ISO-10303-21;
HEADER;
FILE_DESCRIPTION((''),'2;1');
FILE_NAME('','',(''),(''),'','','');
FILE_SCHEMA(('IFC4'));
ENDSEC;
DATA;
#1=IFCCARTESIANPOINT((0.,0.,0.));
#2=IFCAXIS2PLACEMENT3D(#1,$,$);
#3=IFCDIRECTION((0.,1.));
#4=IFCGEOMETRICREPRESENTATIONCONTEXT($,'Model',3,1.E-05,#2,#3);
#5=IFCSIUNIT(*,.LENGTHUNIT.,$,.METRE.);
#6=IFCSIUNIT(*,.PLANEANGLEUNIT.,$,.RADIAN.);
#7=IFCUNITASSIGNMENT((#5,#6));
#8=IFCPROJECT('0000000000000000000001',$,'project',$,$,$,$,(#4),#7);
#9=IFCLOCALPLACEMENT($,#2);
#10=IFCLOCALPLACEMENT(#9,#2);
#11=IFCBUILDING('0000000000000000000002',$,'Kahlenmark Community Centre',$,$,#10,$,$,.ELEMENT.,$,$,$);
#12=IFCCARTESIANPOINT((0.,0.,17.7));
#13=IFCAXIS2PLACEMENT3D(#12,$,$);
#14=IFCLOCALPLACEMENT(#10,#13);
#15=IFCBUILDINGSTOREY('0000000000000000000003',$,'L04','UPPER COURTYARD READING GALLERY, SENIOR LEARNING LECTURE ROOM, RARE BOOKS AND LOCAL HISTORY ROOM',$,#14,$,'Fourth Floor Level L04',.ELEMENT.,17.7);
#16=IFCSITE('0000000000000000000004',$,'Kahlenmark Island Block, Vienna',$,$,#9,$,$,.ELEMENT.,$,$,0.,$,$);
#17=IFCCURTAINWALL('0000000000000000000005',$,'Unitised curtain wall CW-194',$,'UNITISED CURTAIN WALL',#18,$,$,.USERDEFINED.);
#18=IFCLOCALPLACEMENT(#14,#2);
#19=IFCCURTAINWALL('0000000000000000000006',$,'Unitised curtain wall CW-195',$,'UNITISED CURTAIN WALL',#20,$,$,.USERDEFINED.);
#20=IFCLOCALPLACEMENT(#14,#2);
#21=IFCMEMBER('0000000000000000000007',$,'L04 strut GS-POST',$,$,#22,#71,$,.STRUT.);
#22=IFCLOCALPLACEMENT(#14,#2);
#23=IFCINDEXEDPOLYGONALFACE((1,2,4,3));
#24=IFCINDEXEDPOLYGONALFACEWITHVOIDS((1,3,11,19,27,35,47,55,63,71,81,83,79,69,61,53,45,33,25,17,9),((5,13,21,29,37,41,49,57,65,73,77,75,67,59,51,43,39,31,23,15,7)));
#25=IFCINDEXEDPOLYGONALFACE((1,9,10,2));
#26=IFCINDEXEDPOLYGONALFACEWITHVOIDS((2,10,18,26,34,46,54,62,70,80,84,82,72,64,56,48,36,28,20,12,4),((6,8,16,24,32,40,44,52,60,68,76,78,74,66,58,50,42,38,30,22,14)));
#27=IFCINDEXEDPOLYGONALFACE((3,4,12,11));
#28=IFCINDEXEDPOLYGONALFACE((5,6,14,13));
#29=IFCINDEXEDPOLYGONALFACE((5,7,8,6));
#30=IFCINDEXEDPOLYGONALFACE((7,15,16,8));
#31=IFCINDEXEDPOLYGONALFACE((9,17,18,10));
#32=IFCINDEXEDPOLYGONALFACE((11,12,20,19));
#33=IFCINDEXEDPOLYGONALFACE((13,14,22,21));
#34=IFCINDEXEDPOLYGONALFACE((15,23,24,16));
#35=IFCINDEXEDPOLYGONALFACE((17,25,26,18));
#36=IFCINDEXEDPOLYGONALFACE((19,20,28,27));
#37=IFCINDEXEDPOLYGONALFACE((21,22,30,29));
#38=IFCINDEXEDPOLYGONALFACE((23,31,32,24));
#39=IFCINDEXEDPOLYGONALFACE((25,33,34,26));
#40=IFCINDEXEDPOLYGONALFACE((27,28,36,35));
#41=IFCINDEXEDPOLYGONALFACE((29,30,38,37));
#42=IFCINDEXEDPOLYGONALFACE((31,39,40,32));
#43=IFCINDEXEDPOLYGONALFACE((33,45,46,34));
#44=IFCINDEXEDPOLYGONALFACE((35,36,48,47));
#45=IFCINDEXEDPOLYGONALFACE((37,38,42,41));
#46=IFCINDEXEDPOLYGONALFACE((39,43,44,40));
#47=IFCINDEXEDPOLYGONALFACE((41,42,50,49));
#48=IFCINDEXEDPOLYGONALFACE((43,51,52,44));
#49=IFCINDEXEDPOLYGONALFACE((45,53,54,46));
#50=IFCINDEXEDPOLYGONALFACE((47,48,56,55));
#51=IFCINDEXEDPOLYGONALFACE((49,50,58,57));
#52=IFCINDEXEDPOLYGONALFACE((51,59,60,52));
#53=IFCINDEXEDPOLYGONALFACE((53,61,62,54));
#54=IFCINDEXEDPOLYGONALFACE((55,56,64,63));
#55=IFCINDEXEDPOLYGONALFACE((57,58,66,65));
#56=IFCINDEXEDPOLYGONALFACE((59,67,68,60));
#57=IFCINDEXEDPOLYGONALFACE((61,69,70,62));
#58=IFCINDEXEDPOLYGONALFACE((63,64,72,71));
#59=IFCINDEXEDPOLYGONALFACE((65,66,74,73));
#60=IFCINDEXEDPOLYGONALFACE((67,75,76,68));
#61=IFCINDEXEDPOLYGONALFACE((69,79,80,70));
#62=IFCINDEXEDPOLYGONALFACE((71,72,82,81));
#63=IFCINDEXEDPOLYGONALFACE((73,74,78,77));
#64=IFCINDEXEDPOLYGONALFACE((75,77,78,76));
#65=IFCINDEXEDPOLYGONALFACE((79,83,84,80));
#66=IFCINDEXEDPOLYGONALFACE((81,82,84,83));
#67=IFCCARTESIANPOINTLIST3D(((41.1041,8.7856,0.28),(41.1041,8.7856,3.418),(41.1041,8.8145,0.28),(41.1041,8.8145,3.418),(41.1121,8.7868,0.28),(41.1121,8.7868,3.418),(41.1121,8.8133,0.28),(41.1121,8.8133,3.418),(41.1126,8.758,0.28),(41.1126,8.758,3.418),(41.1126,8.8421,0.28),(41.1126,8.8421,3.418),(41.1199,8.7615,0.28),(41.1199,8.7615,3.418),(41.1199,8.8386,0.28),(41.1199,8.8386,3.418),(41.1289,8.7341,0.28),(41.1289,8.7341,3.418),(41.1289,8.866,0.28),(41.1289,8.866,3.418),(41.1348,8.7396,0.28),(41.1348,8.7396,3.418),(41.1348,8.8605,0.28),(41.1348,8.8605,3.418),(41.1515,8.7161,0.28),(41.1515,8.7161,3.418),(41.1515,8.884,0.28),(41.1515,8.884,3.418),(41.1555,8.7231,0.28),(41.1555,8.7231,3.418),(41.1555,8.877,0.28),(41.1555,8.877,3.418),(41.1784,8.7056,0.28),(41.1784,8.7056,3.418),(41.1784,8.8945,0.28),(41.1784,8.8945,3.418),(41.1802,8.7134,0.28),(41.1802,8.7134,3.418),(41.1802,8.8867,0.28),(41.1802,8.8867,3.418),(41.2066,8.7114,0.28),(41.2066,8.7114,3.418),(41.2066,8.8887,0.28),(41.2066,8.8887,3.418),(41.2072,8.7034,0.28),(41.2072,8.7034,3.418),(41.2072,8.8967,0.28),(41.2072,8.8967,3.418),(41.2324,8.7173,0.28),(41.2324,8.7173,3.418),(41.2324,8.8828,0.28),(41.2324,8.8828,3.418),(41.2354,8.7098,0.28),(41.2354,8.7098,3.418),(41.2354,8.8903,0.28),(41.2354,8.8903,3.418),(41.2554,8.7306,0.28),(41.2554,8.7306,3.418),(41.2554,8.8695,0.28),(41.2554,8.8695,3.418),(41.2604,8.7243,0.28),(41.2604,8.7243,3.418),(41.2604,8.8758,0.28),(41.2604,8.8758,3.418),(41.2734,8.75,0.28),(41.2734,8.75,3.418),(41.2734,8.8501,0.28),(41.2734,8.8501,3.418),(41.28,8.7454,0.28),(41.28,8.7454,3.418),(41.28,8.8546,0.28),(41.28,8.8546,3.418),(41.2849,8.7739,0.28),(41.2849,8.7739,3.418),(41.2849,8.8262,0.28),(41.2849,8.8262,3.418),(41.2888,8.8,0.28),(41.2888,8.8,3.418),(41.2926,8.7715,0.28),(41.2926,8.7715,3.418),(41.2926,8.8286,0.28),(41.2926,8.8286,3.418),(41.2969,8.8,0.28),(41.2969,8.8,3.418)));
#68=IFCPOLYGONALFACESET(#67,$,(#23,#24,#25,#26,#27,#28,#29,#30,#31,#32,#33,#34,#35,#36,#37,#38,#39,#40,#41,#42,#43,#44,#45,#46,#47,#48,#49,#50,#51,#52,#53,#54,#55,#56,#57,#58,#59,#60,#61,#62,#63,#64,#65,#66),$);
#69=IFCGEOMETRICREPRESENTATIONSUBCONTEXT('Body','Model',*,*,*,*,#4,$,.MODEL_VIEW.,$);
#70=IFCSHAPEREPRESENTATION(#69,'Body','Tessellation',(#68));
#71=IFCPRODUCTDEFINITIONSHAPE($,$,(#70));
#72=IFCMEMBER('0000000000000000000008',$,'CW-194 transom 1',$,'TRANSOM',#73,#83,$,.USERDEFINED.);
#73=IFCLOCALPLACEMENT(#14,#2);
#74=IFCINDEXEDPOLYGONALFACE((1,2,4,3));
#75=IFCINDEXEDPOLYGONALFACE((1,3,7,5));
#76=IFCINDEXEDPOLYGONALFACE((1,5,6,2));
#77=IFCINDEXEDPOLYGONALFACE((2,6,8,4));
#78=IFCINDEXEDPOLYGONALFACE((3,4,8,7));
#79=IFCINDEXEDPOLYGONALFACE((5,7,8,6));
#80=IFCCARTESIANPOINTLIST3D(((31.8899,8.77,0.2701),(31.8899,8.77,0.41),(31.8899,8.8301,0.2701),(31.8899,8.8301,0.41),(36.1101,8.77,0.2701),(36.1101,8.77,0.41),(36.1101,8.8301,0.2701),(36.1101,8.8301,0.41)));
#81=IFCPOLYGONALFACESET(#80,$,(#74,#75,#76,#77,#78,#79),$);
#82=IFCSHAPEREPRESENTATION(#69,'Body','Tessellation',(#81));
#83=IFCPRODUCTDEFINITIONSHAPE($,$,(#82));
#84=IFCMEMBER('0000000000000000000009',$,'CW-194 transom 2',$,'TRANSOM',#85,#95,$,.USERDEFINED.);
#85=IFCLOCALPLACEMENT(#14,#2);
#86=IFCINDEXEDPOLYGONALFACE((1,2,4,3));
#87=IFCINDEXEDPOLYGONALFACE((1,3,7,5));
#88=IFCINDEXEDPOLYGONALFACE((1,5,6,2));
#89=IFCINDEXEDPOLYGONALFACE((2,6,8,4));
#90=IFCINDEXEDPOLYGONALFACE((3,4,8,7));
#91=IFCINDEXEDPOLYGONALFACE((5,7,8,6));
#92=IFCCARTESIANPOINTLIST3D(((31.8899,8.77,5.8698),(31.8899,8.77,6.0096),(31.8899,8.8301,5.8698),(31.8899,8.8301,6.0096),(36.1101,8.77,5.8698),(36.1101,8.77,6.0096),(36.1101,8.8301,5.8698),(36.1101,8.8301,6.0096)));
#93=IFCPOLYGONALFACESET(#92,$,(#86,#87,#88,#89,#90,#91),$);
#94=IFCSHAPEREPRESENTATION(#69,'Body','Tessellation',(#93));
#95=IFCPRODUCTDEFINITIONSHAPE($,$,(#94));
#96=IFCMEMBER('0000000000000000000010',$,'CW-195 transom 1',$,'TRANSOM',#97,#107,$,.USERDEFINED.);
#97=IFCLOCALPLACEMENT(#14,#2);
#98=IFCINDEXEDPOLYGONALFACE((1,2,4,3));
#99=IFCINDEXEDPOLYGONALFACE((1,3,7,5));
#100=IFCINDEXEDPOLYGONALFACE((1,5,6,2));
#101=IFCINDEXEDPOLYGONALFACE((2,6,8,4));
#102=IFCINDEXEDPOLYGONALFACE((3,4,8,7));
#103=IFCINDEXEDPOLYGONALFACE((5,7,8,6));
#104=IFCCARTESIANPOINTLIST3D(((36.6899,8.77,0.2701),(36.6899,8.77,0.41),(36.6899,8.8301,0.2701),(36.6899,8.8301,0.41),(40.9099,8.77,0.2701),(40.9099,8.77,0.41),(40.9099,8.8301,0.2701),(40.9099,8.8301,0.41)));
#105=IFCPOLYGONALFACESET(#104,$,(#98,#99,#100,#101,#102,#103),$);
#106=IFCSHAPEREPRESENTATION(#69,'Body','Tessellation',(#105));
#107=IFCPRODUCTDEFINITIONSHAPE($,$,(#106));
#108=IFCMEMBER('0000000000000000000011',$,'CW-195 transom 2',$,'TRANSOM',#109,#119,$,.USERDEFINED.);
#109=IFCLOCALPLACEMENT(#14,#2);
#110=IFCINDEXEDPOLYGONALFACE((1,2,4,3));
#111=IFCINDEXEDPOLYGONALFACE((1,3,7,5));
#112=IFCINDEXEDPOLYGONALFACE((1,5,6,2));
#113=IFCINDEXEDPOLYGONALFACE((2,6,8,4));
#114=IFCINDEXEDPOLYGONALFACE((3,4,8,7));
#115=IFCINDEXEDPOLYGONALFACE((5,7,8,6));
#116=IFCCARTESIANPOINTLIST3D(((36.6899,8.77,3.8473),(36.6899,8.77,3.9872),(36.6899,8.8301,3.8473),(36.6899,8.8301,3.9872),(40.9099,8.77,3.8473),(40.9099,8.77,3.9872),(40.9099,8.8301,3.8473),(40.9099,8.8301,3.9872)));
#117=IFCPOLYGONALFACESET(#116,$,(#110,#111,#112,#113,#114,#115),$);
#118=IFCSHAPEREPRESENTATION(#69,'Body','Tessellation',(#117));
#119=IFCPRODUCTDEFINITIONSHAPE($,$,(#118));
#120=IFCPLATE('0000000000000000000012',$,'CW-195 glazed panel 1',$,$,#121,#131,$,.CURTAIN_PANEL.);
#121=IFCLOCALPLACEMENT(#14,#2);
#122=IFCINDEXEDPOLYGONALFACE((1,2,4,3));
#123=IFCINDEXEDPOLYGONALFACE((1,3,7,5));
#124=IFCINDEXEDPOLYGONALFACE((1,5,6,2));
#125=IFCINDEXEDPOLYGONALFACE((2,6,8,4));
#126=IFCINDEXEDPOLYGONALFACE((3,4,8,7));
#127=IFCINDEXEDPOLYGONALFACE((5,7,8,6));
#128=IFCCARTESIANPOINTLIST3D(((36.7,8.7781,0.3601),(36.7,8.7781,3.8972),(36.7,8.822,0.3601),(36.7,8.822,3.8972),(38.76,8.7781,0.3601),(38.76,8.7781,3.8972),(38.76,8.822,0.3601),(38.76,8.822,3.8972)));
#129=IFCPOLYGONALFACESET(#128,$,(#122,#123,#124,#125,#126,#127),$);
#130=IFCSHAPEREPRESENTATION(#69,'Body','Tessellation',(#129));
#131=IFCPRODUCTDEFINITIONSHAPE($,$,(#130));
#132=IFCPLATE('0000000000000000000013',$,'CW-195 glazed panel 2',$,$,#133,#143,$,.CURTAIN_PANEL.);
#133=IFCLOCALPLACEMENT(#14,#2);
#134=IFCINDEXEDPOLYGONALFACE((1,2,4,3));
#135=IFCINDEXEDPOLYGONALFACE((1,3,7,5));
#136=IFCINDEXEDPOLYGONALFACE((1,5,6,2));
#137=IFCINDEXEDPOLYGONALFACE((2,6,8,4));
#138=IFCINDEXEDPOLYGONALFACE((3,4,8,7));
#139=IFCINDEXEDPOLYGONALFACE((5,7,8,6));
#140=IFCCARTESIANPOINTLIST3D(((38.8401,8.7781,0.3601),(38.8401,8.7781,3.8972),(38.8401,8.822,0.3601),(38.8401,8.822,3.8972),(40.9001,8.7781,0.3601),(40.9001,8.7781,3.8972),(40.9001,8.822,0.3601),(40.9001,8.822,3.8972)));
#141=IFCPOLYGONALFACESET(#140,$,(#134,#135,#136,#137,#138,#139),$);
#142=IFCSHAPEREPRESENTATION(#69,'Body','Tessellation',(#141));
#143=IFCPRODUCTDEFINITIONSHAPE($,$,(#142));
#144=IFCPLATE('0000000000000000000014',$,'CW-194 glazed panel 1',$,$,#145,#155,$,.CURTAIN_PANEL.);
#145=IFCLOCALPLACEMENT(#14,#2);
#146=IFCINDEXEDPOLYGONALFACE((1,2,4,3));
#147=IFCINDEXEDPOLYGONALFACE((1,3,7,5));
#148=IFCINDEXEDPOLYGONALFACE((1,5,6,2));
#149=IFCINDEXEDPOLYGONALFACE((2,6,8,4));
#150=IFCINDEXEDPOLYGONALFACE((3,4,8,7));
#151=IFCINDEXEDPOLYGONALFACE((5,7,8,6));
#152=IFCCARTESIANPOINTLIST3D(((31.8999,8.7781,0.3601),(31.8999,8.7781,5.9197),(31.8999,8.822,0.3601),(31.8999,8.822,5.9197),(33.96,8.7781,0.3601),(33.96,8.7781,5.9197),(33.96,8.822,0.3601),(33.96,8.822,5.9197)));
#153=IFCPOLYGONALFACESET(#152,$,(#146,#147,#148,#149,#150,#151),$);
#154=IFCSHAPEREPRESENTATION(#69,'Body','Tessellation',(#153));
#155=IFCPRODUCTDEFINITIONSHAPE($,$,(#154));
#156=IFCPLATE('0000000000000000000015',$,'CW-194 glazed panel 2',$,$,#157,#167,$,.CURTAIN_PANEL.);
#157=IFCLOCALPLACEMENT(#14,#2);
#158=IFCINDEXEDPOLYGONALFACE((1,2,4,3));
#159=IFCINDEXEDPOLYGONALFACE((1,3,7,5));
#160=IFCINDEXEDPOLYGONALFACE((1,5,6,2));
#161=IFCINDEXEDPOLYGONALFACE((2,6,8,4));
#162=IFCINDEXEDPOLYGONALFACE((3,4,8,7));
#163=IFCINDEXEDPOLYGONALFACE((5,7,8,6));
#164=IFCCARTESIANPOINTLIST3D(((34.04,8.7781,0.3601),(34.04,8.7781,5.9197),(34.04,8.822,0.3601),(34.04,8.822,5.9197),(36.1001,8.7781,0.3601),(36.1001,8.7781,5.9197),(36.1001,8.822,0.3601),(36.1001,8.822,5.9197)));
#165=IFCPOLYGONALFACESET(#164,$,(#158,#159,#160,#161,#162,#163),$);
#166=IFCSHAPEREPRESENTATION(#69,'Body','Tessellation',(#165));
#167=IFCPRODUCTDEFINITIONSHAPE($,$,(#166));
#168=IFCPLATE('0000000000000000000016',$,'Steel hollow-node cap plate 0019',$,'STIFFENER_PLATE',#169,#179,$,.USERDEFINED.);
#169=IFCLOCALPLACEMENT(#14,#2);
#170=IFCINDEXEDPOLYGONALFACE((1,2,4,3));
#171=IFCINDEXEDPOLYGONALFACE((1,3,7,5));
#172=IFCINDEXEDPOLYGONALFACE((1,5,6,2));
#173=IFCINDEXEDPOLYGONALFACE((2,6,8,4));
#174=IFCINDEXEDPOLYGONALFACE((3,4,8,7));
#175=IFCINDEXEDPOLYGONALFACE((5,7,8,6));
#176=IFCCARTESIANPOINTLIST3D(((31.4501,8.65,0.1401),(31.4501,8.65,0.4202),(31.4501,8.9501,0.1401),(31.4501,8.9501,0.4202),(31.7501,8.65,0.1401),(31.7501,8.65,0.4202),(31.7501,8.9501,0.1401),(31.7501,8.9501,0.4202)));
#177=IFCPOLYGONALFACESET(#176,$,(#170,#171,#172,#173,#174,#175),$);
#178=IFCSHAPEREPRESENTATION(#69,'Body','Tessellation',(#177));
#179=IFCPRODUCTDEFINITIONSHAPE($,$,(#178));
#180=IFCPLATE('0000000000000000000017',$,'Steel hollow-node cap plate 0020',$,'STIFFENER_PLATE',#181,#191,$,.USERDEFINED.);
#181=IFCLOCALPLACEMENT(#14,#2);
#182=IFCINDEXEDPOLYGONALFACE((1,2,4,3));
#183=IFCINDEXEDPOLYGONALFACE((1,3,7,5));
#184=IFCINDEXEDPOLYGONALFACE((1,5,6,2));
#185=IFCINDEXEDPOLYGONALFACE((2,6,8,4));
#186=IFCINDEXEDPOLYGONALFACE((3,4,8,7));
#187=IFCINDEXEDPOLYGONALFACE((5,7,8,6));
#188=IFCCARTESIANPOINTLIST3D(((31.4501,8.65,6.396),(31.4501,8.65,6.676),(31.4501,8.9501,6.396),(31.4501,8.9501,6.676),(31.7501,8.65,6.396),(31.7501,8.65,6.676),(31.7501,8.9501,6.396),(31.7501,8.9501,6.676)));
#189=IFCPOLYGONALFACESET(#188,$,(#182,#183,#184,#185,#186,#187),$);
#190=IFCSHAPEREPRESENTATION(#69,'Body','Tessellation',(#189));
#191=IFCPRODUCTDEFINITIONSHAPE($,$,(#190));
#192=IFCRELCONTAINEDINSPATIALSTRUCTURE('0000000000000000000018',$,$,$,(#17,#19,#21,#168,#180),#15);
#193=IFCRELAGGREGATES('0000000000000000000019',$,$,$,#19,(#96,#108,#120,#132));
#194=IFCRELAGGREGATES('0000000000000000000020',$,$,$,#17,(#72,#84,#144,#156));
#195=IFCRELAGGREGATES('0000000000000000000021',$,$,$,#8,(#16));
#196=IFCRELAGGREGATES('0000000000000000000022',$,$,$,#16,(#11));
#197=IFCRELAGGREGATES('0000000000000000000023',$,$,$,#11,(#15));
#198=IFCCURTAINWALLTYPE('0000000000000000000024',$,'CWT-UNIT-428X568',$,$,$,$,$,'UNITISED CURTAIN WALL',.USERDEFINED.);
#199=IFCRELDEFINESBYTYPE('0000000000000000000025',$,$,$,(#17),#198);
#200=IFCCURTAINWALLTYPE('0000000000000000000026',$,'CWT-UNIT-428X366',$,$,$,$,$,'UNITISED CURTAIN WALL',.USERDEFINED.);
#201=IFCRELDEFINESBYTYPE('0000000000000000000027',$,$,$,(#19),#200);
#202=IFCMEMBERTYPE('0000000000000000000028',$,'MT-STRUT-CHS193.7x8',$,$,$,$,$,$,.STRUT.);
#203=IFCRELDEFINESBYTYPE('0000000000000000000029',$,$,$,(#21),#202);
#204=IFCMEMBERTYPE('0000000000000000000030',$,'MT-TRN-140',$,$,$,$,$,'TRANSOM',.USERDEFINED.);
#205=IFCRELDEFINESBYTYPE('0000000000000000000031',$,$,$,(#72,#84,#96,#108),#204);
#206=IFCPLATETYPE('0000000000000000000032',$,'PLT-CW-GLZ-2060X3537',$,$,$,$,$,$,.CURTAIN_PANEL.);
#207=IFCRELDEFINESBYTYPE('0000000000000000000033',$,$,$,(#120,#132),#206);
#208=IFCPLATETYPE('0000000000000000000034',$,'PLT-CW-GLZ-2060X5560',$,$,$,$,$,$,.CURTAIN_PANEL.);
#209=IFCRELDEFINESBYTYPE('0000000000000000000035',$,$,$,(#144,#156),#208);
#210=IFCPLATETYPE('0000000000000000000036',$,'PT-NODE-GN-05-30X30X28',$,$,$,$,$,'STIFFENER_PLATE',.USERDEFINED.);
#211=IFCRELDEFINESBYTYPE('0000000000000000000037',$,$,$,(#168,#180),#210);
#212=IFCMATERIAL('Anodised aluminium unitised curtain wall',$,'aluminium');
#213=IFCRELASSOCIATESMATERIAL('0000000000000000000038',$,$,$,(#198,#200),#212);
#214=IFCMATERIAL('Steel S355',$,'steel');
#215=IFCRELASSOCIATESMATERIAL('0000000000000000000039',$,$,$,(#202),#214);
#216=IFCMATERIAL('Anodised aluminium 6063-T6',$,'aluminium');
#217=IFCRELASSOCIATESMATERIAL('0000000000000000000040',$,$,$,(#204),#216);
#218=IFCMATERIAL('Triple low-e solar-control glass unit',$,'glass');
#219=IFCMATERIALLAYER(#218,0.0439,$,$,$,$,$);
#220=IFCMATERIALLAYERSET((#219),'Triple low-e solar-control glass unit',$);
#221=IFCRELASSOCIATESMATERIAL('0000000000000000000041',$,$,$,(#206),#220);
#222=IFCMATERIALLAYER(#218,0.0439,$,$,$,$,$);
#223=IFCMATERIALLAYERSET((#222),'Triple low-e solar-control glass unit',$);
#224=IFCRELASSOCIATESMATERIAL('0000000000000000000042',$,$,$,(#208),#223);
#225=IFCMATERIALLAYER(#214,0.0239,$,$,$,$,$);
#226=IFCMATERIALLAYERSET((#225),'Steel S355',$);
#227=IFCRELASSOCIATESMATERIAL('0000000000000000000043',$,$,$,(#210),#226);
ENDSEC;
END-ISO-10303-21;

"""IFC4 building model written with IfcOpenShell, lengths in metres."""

from ifc_helpers import new_model, si_unit, direction, frame, origin, origin_2d, place, context, subcontext, project, spatial, rectangle, hollow_circle, extrude, material, layer, layer_set, material_profile, profile_set, type_object, element, aggregate, save


model = new_model("IFC4")

# Units and contexts
model_context = context("Model", 3, precision=1e-05, world=origin(), true_north=direction((0.0, 1.0)))
body_context = subcontext(model_context, "Body", "Model", "MODEL_VIEW")
ifc_project = project(units=[si_unit("LENGTHUNIT", "METRE"), si_unit("PLANEANGLEUNIT", "RADIAN")], contexts=[model_context])

# Site, building, storey
site_placement = place(None, origin())
site = spatial("IfcSite", under=ifc_project, at=site_placement, Name="Kahlenmark Island Block, Vienna", CompositionType="ELEMENT", RefElevation=0.0)
building_placement = place(site_placement, origin())
building = spatial("IfcBuilding", under=site, at=building_placement, Name="Kahlenmark Community Centre", CompositionType="ELEMENT")
storey_placement = place(building_placement, frame((0.0, 0.0, 17.7)))
storey = spatial("IfcBuildingStorey", under=building, at=storey_placement, Name="L04", Description="UPPER COURTYARD READING GALLERY, SENIOR LEARNING LECTURE ROOM, RARE BOOKS AND LOCAL HISTORY ROOM", LongName="Fourth Floor Level L04", CompositionType="ELEMENT", Elevation=17.7)

# Shared definitions
ifc_material_1 = material(Name="Steel S355", Category="steel")

# Curtain walls
ifc_material_2 = material(Name="Anodised aluminium unitised curtain wall", Category="aluminium")
curtain_wall_type_1 = type_object("IfcCurtainWallType", Name="CWT-UNIT-428X568", ElementType="UNITISED CURTAIN WALL", PredefinedType="USERDEFINED", material=ifc_material_2)
curtain_wall_1_placement = place(storey_placement, origin())
curtain_wall_1 = element("IfcCurtainWall", 1, at=curtain_wall_1_placement, inside=storey, type_object=curtain_wall_type_1, Name="Unitised curtain wall CW-194", ObjectType="UNITISED CURTAIN WALL", PredefinedType="USERDEFINED")
ifc_material_3 = material(Name="Anodised aluminium 6063-T6", Category="aluminium")
curtain_wall_type_2 = type_object("IfcCurtainWallType", Name="CWT-UNIT-428X366", ElementType="UNITISED CURTAIN WALL", PredefinedType="USERDEFINED", material=ifc_material_2)
curtain_wall_2_placement = place(storey_placement, origin())
curtain_wall_2 = element("IfcCurtainWall", 2, at=curtain_wall_2_placement, inside=storey, type_object=curtain_wall_type_2, Name="Unitised curtain wall CW-195", ObjectType="UNITISED CURTAIN WALL", PredefinedType="USERDEFINED")

# Member
ifc_material_profile_1 = material_profile(ifc_material_1, hollow_circle(Radius=0.0969, WallThickness=0.0081, at=origin_2d()), Name="CHS 193.7x8")
ifc_profile_set_1 = profile_set([ifc_material_profile_1], Name="Steel S355")
member_type_1 = type_object("IfcMemberType", Name="MT-STRUT-CHS193.7x8", PredefinedType="STRUT", material=ifc_profile_set_1)
member_1_placement = place(storey_placement, frame((41.2, 8.8, 0.28), z_axis=(0.0, 0.0, 1.0), x_axis=(1.0, 0.0, 0.0)))
element("IfcMember", 3, at=member_1_placement, inside=storey, type_object=member_type_1, Name="L04 strut GS-POST", PredefinedType="STRUT", context=body_context, shape_type="SweptSolid", body=[
    extrude(hollow_circle(Radius=0.0969, WallThickness=0.0081, at=origin_2d()), origin(), (0.0, 0.0, 1.0), 3.1379),
])

# Members
ifc_material_profile_2 = material_profile(ifc_material_3, rectangle(XDim=0.0601, YDim=0.1399, at=origin_2d()), Name="ALU TRANSOM 60x140")
ifc_profile_set_2 = profile_set([ifc_material_profile_2], Name="Anodised aluminium 6063-T6")
member_type_2 = type_object("IfcMemberType", Name="MT-TRN-140", ElementType="TRANSOM", PredefinedType="USERDEFINED", material=ifc_profile_set_2)
member_2_placement = place(storey_placement, frame((31.8899, 8.8, 0.3401), z_axis=(1.0, 0.0, 0.0), x_axis=(0.0, 1.0, 0.0)))
member_2 = element("IfcMember", 4, at=member_2_placement, type_object=member_type_2, Name="CW-194 transom 1", ObjectType="TRANSOM", PredefinedType="USERDEFINED", context=body_context, shape_type="SweptSolid", body=[
    extrude(rectangle(XDim=0.0601, YDim=0.1399, at=origin_2d()), origin(), (0.0, 0.0, 1.0), 4.2202),
])
member_3_placement = place(storey_placement, frame((31.8899, 8.8, 5.9397), z_axis=(1.0, 0.0, 0.0), x_axis=(0.0, 1.0, 0.0)))
member_3 = element("IfcMember", 5, at=member_3_placement, type_object=member_type_2, Name="CW-194 transom 2", ObjectType="TRANSOM", PredefinedType="USERDEFINED", context=body_context, shape_type="SweptSolid", body=[
    extrude(rectangle(XDim=0.0601, YDim=0.1399, at=origin_2d()), origin(), (0.0, 0.0, 1.0), 4.2202),
])
member_4_placement = place(storey_placement, frame((36.6899, 8.8, 0.3401), z_axis=(1.0, 0.0, 0.0), x_axis=(0.0, 1.0, 0.0)))
member_4 = element("IfcMember", 6, at=member_4_placement, type_object=member_type_2, Name="CW-195 transom 1", ObjectType="TRANSOM", PredefinedType="USERDEFINED", context=body_context, shape_type="SweptSolid", body=[
    extrude(rectangle(XDim=0.0601, YDim=0.1399, at=origin_2d()), origin(), (0.0, 0.0, 1.0), 4.22),
])
member_5_placement = place(storey_placement, frame((36.6899, 8.8, 3.9172), z_axis=(1.0, 0.0, 0.0), x_axis=(0.0, 1.0, 0.0)))
member_5 = element("IfcMember", 7, at=member_5_placement, type_object=member_type_2, Name="CW-195 transom 2", ObjectType="TRANSOM", PredefinedType="USERDEFINED", context=body_context, shape_type="SweptSolid", body=[
    extrude(rectangle(XDim=0.0601, YDim=0.1399, at=origin_2d()), origin(), (0.0, 0.0, 1.0), 4.22),
])

# Plates
ifc_material_4 = material(Name="Triple low-e solar-control glass unit", Category="glass")
ifc_layer_1 = layer(ifc_material_4, 0.0439)
ifc_layer_set_1 = layer_set([ifc_layer_1], Name="Triple low-e solar-control glass unit")
plate_type_1 = type_object("IfcPlateType", Name="PLT-CW-GLZ-2060X3537", PredefinedType="CURTAIN_PANEL", material=ifc_layer_set_1)
plate_1_placement = place(storey_placement, frame((37.73, 8.8, 0.3601), z_axis=(0.0, 0.0, 1.0), x_axis=(1.0, 0.0, 0.0)))
plate_1 = element("IfcPlate", 8, at=plate_1_placement, type_object=plate_type_1, Name="CW-195 glazed panel 1", PredefinedType="CURTAIN_PANEL", context=body_context, shape_type="SweptSolid", body=[
    extrude(rectangle(XDim=2.0601, YDim=0.0439, at=origin_2d()), origin(), (0.0, 0.0, 1.0), 3.5371),
])
plate_2_placement = place(storey_placement, frame((39.8701, 8.8, 0.3601), z_axis=(0.0, 0.0, 1.0), x_axis=(1.0, 0.0, 0.0)))
plate_2 = element("IfcPlate", 9, at=plate_2_placement, type_object=plate_type_1, Name="CW-195 glazed panel 2", PredefinedType="CURTAIN_PANEL", context=body_context, shape_type="SweptSolid", body=[
    extrude(rectangle(XDim=2.0601, YDim=0.0439, at=origin_2d()), origin(), (0.0, 0.0, 1.0), 3.5371),
])
aggregate(curtain_wall_2, [member_4, member_5, plate_1, plate_2])
ifc_layer_2 = layer(ifc_material_4, 0.0439)
ifc_layer_set_2 = layer_set([ifc_layer_2], Name="Triple low-e solar-control glass unit")
plate_type_2 = type_object("IfcPlateType", Name="PLT-CW-GLZ-2060X5560", PredefinedType="CURTAIN_PANEL", material=ifc_layer_set_2)
plate_3_placement = place(storey_placement, frame((32.9299, 8.8, 0.3601), z_axis=(0.0, 0.0, 1.0), x_axis=(1.0, 0.0, 0.0)))
plate_3 = element("IfcPlate", 10, at=plate_3_placement, type_object=plate_type_2, Name="CW-194 glazed panel 1", PredefinedType="CURTAIN_PANEL", context=body_context, shape_type="SweptSolid", body=[
    extrude(rectangle(XDim=2.0601, YDim=0.0439, at=origin_2d()), origin(), (0.0, 0.0, 1.0), 5.5596),
])
plate_4_placement = place(storey_placement, frame((35.0701, 8.8, 0.3601), z_axis=(0.0, 0.0, 1.0), x_axis=(1.0, 0.0, 0.0)))
plate_4 = element("IfcPlate", 11, at=plate_4_placement, type_object=plate_type_2, Name="CW-194 glazed panel 2", PredefinedType="CURTAIN_PANEL", context=body_context, shape_type="SweptSolid", body=[
    extrude(rectangle(XDim=2.0601, YDim=0.0439, at=origin_2d()), origin(), (0.0, 0.0, 1.0), 5.5596),
])
aggregate(curtain_wall_1, [member_2, member_3, plate_3, plate_4])

# Plates
ifc_layer_3 = layer(ifc_material_1, 0.0239)
ifc_layer_set_3 = layer_set([ifc_layer_3], Name="Steel S355")
plate_type_3 = type_object("IfcPlateType", Name="PT-NODE-GN-05-30X30X28", ElementType="STIFFENER_PLATE", PredefinedType="USERDEFINED", material=ifc_layer_set_3)
for number, where, z_axis, x_axis, name in (
    (12, (31.6001, 8.8, 0.1401), (0.0, 0.0, 1.0), (1.0, 0.0, 0.0), "Steel hollow-node cap plate 0019"),
    (13, (31.6001, 8.8, 6.396), (0.0, 0.0, 1.0), (1.0, 0.0, 0.0), "Steel hollow-node cap plate 0020"),
):
    element("IfcPlate", number, at=place(storey_placement, frame(where, z_axis=z_axis, x_axis=x_axis)), inside=storey, type_object=plate_type_3, Name=name, ObjectType="STIFFENER_PLATE", PredefinedType="USERDEFINED", context=body_context, shape_type="SweptSolid", body=[
        extrude(rectangle(XDim=0.3, YDim=0.3, at=origin_2d()), origin(), (0.0, 0.0, 1.0), 0.28),
    ])

save(model, "model.ifc")
